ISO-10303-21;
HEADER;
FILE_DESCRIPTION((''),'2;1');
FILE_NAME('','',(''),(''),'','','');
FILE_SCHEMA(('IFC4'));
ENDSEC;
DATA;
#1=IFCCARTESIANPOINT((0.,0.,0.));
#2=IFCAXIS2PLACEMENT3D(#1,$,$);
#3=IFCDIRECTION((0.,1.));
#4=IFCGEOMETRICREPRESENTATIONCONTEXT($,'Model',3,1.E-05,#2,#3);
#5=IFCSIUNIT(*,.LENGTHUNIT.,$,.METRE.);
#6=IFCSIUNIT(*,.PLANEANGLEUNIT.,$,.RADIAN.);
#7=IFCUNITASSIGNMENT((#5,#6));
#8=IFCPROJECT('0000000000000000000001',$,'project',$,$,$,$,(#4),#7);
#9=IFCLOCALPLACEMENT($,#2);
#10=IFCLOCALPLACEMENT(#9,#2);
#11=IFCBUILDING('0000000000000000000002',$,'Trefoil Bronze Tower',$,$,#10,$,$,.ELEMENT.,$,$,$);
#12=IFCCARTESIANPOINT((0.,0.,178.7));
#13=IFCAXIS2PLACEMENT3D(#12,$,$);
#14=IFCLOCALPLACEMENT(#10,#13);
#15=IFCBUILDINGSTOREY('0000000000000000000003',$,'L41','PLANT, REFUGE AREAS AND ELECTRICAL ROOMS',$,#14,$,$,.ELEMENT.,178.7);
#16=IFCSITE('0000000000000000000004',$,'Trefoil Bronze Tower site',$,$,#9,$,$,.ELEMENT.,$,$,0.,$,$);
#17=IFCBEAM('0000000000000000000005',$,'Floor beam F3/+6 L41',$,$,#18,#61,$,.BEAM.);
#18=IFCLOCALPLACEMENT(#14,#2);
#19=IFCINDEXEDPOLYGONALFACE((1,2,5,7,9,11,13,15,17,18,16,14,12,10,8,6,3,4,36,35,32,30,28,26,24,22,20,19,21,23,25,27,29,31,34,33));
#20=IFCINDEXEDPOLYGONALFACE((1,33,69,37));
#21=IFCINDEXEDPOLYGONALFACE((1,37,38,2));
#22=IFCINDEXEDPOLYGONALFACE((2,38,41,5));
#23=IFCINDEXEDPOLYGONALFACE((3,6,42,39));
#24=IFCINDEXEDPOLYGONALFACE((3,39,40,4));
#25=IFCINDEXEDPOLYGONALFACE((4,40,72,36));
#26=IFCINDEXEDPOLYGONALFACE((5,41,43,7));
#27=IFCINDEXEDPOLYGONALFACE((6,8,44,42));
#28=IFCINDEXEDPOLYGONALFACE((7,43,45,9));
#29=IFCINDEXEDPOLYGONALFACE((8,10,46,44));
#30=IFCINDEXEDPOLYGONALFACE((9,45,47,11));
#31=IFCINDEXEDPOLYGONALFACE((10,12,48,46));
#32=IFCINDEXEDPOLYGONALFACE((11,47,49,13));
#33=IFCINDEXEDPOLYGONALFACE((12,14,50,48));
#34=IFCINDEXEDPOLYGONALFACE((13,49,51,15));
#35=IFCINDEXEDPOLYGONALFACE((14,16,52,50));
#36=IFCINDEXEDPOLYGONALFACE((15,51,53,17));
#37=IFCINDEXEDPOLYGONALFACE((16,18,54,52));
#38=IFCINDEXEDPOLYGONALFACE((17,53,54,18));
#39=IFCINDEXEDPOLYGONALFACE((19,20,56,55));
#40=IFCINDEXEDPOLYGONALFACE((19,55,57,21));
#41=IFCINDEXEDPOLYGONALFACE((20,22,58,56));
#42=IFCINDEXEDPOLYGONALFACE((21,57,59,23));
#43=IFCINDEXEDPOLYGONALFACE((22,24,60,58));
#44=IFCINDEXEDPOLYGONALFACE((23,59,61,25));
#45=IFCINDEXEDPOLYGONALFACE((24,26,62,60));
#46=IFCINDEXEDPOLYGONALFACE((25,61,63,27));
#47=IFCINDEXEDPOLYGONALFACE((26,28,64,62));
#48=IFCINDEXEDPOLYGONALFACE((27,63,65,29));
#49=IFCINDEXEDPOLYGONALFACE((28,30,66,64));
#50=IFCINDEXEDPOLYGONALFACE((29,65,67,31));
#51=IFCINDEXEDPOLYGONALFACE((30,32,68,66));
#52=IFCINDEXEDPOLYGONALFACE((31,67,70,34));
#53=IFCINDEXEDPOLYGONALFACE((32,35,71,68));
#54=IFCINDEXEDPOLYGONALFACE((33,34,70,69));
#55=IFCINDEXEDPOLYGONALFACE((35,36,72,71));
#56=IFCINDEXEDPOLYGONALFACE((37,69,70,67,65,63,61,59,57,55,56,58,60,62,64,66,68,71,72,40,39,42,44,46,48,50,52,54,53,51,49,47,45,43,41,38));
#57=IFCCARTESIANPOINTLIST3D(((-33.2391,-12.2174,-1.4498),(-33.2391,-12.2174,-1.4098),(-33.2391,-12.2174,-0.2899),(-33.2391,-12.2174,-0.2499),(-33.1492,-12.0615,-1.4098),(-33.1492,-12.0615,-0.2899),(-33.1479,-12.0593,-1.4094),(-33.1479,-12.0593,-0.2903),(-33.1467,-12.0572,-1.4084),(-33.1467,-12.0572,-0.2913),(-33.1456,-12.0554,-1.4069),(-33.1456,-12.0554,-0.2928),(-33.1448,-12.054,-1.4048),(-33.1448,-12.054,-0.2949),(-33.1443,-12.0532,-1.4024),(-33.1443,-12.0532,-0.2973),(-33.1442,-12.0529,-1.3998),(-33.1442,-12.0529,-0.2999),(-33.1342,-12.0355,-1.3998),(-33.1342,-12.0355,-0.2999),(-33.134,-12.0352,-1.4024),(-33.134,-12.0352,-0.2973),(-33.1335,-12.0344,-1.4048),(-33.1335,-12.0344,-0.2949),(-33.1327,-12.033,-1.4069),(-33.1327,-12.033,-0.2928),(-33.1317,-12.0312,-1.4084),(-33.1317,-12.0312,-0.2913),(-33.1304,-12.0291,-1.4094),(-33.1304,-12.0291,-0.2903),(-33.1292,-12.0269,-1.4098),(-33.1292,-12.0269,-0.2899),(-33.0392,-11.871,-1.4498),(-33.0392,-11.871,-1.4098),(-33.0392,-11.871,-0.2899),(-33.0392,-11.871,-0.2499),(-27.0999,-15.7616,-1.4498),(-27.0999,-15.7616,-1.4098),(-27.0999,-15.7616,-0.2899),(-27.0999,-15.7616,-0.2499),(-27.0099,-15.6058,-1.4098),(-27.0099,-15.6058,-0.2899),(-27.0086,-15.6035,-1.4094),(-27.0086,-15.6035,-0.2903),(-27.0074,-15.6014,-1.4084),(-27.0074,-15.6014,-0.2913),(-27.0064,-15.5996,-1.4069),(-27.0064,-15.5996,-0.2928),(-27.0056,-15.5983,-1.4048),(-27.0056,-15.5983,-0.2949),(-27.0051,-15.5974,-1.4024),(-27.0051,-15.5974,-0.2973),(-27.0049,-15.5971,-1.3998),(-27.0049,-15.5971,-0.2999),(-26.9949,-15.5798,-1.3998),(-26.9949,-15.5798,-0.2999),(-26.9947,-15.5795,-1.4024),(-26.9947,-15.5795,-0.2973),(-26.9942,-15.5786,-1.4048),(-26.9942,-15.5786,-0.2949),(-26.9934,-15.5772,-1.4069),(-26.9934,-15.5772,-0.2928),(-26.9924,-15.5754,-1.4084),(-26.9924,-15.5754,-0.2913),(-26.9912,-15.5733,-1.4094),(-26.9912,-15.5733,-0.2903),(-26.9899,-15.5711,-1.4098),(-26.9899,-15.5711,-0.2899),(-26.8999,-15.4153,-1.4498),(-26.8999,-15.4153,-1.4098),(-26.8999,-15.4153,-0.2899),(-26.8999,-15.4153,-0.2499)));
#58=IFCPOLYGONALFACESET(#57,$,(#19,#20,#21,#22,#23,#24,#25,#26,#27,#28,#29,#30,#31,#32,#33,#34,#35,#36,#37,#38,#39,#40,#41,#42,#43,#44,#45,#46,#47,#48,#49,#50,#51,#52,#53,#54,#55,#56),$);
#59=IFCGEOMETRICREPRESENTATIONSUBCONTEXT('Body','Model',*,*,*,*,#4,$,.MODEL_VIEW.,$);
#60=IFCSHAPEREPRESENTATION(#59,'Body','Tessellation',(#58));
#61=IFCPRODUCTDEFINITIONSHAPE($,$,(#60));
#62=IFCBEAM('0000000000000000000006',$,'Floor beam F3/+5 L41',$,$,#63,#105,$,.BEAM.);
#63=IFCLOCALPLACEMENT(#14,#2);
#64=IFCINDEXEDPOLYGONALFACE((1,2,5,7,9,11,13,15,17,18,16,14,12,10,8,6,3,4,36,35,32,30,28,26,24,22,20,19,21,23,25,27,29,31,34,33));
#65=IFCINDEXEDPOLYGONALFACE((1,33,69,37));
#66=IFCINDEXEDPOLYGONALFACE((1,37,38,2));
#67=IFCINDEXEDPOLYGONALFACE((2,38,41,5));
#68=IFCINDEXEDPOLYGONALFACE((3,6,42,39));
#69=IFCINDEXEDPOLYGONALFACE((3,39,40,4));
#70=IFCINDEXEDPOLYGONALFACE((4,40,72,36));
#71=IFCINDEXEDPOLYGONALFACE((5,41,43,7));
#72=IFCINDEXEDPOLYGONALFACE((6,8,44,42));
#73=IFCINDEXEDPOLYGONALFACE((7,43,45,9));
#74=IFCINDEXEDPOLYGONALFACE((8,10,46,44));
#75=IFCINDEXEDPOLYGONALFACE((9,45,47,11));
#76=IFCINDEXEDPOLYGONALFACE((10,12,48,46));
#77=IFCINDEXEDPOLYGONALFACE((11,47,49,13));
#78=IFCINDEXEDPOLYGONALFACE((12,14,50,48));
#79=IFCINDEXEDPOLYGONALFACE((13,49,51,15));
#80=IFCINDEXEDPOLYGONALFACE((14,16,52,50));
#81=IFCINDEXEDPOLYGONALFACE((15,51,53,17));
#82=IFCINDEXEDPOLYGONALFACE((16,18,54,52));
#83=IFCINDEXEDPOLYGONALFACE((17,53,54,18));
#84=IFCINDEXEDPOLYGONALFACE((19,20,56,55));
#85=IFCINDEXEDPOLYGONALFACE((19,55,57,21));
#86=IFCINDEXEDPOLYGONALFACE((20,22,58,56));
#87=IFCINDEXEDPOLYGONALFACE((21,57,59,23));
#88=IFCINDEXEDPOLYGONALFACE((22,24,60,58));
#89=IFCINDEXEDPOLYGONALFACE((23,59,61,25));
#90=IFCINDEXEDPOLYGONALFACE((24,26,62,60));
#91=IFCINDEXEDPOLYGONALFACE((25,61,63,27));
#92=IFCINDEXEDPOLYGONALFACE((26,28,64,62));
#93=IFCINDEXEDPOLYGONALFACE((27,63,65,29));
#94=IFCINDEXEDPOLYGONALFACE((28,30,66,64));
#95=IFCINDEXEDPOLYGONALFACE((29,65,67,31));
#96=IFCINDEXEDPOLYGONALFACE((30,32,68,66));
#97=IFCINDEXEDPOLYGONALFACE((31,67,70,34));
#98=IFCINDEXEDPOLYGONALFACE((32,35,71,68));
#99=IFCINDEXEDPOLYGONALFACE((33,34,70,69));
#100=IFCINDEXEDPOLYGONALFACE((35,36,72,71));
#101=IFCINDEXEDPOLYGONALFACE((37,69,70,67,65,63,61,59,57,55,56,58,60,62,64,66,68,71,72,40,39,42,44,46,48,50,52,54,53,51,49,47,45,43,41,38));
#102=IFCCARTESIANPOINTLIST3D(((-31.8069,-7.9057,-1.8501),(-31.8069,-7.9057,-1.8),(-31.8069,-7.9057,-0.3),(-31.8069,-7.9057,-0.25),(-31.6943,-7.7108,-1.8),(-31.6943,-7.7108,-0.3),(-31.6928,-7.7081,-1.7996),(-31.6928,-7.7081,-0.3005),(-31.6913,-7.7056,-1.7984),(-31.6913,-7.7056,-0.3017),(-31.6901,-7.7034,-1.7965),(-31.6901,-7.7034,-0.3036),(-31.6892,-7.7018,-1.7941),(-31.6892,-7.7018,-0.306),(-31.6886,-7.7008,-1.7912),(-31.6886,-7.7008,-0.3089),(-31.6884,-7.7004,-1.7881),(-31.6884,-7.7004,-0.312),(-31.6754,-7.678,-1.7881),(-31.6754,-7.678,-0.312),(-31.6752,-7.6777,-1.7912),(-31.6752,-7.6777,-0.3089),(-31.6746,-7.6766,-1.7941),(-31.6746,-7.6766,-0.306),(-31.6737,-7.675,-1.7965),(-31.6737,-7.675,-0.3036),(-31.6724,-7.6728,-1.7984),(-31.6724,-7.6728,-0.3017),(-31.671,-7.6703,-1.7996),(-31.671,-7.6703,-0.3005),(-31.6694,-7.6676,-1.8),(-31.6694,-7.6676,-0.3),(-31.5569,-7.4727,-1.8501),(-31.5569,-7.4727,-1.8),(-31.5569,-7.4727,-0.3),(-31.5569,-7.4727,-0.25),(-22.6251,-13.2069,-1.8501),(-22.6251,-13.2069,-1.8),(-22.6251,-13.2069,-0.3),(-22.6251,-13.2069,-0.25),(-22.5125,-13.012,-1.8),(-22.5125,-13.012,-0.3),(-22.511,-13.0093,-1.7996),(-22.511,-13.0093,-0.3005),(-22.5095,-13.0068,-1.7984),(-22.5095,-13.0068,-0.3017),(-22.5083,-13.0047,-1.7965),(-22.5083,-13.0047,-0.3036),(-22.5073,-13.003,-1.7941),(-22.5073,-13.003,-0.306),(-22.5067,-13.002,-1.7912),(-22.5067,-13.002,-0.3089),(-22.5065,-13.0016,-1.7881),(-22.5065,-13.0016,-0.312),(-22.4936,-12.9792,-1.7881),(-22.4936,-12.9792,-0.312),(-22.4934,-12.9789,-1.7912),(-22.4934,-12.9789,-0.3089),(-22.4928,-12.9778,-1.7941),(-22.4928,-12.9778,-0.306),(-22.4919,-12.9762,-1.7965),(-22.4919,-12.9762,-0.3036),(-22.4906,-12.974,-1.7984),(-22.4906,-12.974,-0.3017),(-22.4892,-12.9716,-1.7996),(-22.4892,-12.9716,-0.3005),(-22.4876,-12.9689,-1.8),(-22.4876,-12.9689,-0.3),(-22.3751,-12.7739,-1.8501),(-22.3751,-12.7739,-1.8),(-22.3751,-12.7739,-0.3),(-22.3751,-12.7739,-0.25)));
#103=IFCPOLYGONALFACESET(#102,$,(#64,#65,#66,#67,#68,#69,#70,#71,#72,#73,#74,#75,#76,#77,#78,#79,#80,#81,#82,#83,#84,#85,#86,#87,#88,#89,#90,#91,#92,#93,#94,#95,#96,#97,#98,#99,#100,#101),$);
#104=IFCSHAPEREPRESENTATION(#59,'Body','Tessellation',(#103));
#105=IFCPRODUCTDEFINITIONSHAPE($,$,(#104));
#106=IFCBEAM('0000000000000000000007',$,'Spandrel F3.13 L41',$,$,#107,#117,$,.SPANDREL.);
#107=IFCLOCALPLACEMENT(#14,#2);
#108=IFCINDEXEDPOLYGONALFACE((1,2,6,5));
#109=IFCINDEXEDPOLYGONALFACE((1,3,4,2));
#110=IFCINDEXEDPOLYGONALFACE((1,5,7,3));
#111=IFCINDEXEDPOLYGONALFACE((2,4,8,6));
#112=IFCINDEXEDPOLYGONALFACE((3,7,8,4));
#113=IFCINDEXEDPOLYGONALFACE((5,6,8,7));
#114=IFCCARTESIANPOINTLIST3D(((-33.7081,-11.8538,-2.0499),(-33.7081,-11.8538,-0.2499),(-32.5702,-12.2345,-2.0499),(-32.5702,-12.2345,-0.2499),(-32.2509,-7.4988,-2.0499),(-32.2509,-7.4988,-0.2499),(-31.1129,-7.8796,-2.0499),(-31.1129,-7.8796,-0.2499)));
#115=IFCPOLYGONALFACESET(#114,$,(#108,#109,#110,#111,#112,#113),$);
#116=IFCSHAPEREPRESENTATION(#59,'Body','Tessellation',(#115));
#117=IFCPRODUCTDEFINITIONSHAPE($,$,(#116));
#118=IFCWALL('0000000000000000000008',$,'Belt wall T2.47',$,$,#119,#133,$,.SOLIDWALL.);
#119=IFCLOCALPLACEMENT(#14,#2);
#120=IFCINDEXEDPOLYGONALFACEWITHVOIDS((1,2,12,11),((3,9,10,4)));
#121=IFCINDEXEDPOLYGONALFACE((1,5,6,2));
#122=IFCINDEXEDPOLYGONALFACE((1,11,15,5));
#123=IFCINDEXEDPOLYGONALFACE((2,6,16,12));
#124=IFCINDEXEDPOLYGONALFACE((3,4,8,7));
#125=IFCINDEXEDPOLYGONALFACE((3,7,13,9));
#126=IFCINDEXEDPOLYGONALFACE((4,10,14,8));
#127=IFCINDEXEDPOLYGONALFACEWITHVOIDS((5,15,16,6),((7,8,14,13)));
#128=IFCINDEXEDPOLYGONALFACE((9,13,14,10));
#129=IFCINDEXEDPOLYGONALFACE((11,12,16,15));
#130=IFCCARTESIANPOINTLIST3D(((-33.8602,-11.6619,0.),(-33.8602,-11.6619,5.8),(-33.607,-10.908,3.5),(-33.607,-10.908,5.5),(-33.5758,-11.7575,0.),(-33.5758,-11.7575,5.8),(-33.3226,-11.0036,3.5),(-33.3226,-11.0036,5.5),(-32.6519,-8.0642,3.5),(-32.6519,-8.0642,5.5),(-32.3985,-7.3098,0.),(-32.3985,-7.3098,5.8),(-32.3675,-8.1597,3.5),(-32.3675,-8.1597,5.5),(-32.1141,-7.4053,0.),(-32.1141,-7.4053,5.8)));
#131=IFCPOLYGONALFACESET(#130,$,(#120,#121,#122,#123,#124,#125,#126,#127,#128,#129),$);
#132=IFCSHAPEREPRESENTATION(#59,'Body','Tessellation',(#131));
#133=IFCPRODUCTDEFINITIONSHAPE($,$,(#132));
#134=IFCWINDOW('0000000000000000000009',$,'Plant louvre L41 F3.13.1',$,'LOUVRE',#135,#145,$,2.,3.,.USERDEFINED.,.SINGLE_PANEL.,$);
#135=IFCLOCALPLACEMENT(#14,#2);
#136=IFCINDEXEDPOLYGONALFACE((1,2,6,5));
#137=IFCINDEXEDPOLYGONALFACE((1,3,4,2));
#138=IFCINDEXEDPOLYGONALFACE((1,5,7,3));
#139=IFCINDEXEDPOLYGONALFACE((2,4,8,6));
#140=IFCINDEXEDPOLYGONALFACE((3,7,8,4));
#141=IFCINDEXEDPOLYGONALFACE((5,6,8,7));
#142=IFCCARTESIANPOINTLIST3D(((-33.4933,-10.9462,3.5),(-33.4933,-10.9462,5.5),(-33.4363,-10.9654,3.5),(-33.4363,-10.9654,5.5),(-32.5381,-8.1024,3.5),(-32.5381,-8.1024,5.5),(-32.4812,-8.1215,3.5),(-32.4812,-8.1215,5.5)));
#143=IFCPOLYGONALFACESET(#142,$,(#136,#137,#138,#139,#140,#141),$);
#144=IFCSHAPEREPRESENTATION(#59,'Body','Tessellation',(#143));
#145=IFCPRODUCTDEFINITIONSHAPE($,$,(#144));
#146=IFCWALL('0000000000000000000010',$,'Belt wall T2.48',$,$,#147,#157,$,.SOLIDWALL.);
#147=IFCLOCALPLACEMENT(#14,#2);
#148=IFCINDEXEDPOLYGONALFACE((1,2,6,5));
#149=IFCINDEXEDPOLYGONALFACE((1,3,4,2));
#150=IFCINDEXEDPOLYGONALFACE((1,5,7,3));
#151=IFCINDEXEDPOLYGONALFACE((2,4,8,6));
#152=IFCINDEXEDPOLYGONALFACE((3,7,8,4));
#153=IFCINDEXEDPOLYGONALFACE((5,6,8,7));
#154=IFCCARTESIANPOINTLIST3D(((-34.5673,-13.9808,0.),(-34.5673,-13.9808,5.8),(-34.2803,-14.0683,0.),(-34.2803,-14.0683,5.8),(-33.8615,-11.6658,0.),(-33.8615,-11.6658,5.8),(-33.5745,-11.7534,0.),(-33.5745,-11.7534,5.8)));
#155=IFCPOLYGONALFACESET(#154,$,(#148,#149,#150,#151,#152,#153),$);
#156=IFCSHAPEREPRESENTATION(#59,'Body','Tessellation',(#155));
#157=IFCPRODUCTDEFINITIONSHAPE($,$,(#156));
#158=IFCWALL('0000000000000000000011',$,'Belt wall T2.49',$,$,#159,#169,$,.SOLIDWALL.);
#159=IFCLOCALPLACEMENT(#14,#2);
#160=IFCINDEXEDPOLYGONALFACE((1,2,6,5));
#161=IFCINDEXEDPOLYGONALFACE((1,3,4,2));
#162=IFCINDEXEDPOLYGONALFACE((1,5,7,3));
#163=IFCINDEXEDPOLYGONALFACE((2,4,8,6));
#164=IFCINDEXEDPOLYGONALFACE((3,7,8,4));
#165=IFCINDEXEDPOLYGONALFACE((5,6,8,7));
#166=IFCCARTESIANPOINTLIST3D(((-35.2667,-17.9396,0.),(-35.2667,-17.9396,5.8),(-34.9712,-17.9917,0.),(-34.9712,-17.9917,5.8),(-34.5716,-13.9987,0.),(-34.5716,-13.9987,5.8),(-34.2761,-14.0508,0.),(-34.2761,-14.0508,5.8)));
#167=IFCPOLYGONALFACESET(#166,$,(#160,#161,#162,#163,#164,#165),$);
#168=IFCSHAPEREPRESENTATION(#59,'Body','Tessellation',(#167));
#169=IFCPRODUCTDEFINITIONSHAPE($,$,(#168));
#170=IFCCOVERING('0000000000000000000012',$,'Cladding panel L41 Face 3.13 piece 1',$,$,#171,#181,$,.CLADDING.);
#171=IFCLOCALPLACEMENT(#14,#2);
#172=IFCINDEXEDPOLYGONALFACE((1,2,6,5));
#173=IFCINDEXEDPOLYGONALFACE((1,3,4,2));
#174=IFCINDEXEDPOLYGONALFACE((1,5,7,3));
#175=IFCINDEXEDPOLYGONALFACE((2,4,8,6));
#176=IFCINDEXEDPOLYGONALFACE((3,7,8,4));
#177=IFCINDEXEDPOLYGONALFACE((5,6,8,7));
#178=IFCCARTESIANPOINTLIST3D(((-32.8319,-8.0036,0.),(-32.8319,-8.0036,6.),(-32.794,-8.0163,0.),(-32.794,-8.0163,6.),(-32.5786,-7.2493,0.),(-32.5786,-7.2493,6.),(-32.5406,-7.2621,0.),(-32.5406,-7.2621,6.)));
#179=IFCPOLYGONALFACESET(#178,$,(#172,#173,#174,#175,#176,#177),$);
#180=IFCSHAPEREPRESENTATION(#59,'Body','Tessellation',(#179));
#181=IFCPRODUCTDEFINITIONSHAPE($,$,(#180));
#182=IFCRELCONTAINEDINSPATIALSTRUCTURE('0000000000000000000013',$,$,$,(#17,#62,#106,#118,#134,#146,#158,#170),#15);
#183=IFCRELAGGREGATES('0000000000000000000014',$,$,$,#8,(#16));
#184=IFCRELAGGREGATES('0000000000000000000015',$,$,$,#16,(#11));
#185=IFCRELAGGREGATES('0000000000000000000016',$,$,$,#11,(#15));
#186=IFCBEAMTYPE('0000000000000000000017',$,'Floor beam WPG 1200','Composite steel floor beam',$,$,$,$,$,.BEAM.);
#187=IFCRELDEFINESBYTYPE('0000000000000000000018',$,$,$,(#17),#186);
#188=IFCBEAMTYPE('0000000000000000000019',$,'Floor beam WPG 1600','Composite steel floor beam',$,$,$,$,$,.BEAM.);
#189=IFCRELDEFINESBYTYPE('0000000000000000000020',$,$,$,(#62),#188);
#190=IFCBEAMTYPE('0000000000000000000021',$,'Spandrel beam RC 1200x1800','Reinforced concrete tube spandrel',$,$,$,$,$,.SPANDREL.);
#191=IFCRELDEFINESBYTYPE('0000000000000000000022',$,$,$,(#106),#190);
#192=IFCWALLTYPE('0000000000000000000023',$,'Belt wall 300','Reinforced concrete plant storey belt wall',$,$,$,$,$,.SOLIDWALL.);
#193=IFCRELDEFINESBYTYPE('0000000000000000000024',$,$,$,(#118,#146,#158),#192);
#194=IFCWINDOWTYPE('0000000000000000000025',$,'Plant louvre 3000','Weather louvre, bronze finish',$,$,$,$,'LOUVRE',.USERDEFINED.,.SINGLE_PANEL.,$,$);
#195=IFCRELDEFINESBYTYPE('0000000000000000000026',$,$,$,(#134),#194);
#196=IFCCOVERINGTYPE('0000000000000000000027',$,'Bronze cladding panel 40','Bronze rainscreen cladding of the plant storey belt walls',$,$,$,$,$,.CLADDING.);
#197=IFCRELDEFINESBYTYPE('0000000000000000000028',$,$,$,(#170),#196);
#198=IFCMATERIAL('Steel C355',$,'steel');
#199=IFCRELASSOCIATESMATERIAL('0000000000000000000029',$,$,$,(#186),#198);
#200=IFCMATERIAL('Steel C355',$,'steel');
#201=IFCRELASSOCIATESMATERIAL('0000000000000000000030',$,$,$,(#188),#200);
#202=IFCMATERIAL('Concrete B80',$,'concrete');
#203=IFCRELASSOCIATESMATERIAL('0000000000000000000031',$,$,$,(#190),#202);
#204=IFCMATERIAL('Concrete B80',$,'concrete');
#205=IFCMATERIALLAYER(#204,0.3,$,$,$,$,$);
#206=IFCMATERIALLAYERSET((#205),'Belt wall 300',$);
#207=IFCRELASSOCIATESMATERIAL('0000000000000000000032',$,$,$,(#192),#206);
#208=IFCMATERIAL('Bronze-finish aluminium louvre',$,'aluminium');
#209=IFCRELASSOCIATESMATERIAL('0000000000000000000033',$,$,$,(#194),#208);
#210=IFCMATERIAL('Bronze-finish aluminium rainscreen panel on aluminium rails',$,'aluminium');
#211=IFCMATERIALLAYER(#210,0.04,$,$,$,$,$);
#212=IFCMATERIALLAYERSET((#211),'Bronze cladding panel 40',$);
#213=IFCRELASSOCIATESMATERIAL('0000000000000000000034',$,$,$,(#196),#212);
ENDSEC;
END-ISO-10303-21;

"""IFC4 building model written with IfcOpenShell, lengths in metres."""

from ifc_helpers import new_model, si_unit, direction, frame, frame_2d, origin, origin_2d, place, context, subcontext, project, spatial, rectangle, i_section, extrude, material, layer, layer_set, material_profile, profile_set, type_object, element, fill, save


model = new_model("IFC4")

# Units and contexts
model_context = context("Model", 3, precision=1e-05, world=origin(), true_north=direction((0.0, 1.0)))
body_context = subcontext(model_context, "Body", "Model", "MODEL_VIEW")
ifc_project = project(units=[si_unit("LENGTHUNIT", "METRE"), si_unit("PLANEANGLEUNIT", "RADIAN")], contexts=[model_context])

# Site, building, storey
site_placement = place(None, origin())
site = spatial("IfcSite", under=ifc_project, at=site_placement, Name="Trefoil Bronze Tower site", CompositionType="ELEMENT", RefElevation=0.0)
building_placement = place(site_placement, origin())
building = spatial("IfcBuilding", under=site, at=building_placement, Name="Trefoil Bronze Tower", CompositionType="ELEMENT")
storey_placement = place(building_placement, frame((0.0, 0.0, 178.7)))
storey = spatial("IfcBuildingStorey", under=building, at=storey_placement, Name="L41", Description="PLANT, REFUGE AREAS AND ELECTRICAL ROOMS", CompositionType="ELEMENT", Elevation=178.7)

# Beams
ifc_material_1 = material(Name="Steel C355", Category="steel")
ifc_material_profile_1 = material_profile(ifc_material_1, i_section(OverallWidth=0.3999, OverallDepth=1.2, WebThickness=0.02, FlangeThickness=0.04, FilletRadius=0.01, at=origin_2d()), Name="WPG 1200")
ifc_profile_set_1 = profile_set([ifc_material_profile_1], Name="Steel C355")
beam_type_1 = type_object("IfcBeamType", Name="Floor beam WPG 1200", Description="Composite steel floor beam", PredefinedType="BEAM", material=ifc_profile_set_1)
beam_1_placement = place(storey_placement, frame((-33.1392, -12.0442, -0.8499), z_axis=(0.866041, -0.499973, 0.0), x_axis=(0.499973, 0.866041, 0.0)))
element("IfcBeam", 1, at=beam_1_placement, inside=storey, type_object=beam_type_1, Name="Floor beam F3/+6 L41", PredefinedType="BEAM", context=body_context, shape_type="SweptSolid", body=[
    extrude(i_section(OverallWidth=0.3999, OverallDepth=1.2, WebThickness=0.02, FlangeThickness=0.04, FilletRadius=0.01, at=origin_2d()), origin(), (0.0, 0.0, 1.0), 7.0889),
])
ifc_material_2 = material(Name="Steel C355", Category="steel")
ifc_material_profile_2 = material_profile(ifc_material_2, i_section(OverallWidth=0.5, OverallDepth=1.6001, WebThickness=0.0259, FlangeThickness=0.05, FilletRadius=0.012, at=origin_2d()), Name="WPG 1600")
ifc_profile_set_2 = profile_set([ifc_material_profile_2], Name="Steel C355")
beam_type_2 = type_object("IfcBeamType", Name="Floor beam WPG 1600", Description="Composite steel floor beam", PredefinedType="BEAM", material=ifc_profile_set_2)
beam_2_placement = place(storey_placement, frame((-31.6819, -7.6892, -1.05), z_axis=(0.866021, -0.500007, 0.0), x_axis=(0.500007, 0.866021, 0.0)))
element("IfcBeam", 2, at=beam_2_placement, inside=storey, type_object=beam_type_2, Name="Floor beam F3/+5 L41", PredefinedType="BEAM", context=body_context, shape_type="SweptSolid", body=[
    extrude(i_section(OverallWidth=0.5, OverallDepth=1.6001, WebThickness=0.0259, FlangeThickness=0.05, FilletRadius=0.012, at=origin_2d()), origin(), (0.0, 0.0, 1.0), 10.6023),
])
ifc_material_3 = material(Name="Concrete B80", Category="concrete")
ifc_material_profile_3 = material_profile(ifc_material_3, rectangle(XDim=1.2, YDim=1.8, at=origin_2d()), Name="RC 1200x1800")
ifc_profile_set_3 = profile_set([ifc_material_profile_3], Name="Concrete B80")
beam_type_3 = type_object("IfcBeamType", Name="Spandrel beam RC 1200x1800", Description="Reinforced concrete tube spandrel", PredefinedType="SPANDREL", material=ifc_profile_set_3)
beam_3_placement = place(storey_placement, frame((-31.6819, -7.6892, -1.1499), z_axis=(-0.317328, -0.948316, 0.0), x_axis=(0.948316, -0.317328, 0.0)))
element("IfcBeam", 3, at=beam_3_placement, inside=storey, type_object=beam_type_3, Name="Spandrel F3.13 L41", PredefinedType="SPANDREL", context=body_context, shape_type="SweptSolid", body=[
    extrude(rectangle(XDim=1.2, YDim=1.8, at=origin_2d()), origin(), (0.0, 0.0, 1.0), 4.5923),
])

# Wall, opening, window
ifc_material_4 = material(Name="Concrete B80", Category="concrete")
ifc_layer_1 = layer(ifc_material_4, 0.3)
ifc_layer_set_1 = layer_set([ifc_layer_1], Name="Belt wall 300")
wall_type = type_object("IfcWallType", Name="Belt wall 300", Description="Reinforced concrete plant storey belt wall", PredefinedType="SOLIDWALL", material=ifc_layer_set_1)
wall_1_placement = place(storey_placement, frame((-32.2563, -7.3577, 0.0), z_axis=(0.0, 0.0, 1.0), x_axis=(-0.318381, -0.947963, 0.0)))
wall_1 = element("IfcWall", 4, at=wall_1_placement, inside=storey, type_object=wall_type, Name="Belt wall T2.47", PredefinedType="SOLIDWALL", context=body_context, shape_type="SweptSolid", body=[
    extrude(rectangle(XDim=4.5911, YDim=0.3, at=frame_2d((2.2954, 0.0))), origin(), (0.0, 0.0, 1.0), 5.8),
])
opening_placement = place(wall_1_placement, frame((0.7957, 0.0, 3.5)))
opening = element("IfcOpeningElement", 5, at=opening_placement, cuts=wall_1, PredefinedType="OPENING", context=body_context, shape_type="SweptSolid", body=[
    extrude(rectangle(XDim=3.0, YDim=2.0, at=frame_2d((1.5, 1.0))), frame((0.0, 0.1599, 0.0), z_axis=(0.0, -1.0, 0.0), x_axis=(1.0, 0.0, 0.0)), (0.0, 0.0, 1.0), 0.3201),
])
ifc_material_5 = material(Name="Bronze-finish aluminium louvre", Category="aluminium")
window_type = type_object("IfcWindowType", Name="Plant louvre 3000", Description="Weather louvre, bronze finish", ElementType="LOUVRE", PartitioningType="SINGLE_PANEL", PredefinedType="USERDEFINED", material=ifc_material_5)
window_placement = place(opening_placement, origin())
window = element("IfcWindow", 6, at=window_placement, inside=storey, type_object=window_type, Name="Plant louvre L41 F3.13.1", ObjectType="LOUVRE", OverallHeight=2.0, OverallWidth=3.0, PartitioningType="SINGLE_PANEL", PredefinedType="USERDEFINED", context=body_context, shape_type="SweptSolid", body=[
    extrude(rectangle(XDim=3.0, YDim=2.0, at=frame_2d((1.5, 1.0))), frame((0.0, 0.03, 0.0), z_axis=(0.0, -1.0, 0.0), x_axis=(1.0, 0.0, 0.0)), (0.0, 0.0, 1.0), 0.0601),
])
fill(opening, window)

# Walls
wall_2_placement = place(storey_placement, frame((-33.718, -11.7097, 0.0), z_axis=(0.0, 0.0, 1.0), x_axis=(-0.291639, -0.956528, 0.0)))
element("IfcWall", 7, at=wall_2_placement, inside=storey, type_object=wall_type, Name="Belt wall T2.48", PredefinedType="SOLIDWALL", context=body_context, shape_type="SweptSolid", body=[
    extrude(rectangle(XDim=2.4202, YDim=0.3, at=frame_2d((1.21, 0.0))), origin(), (0.0, 0.0, 1.0), 5.8),
])
wall_3_placement = place(storey_placement, frame((-34.4238, -14.0247, 0.0), z_axis=(0.0, 0.0, 1.0), x_axis=(-0.173691, -0.9848, 0.0)))
element("IfcWall", 8, at=wall_3_placement, inside=storey, type_object=wall_type, Name="Belt wall T2.49", PredefinedType="SOLIDWALL", context=body_context, shape_type="SweptSolid", body=[
    extrude(rectangle(XDim=4.0017, YDim=0.3, at=frame_2d((2.001, 0.0))), origin(), (0.0, 0.0, 1.0), 5.8),
])

# Covering
ifc_material_6 = material(Name="Bronze-finish aluminium rainscreen panel on aluminium rails", Category="aluminium")
ifc_layer_2 = layer(ifc_material_6, 0.04)
ifc_layer_set_2 = layer_set([ifc_layer_2], Name="Bronze cladding panel 40")
covering_type_1 = type_object("IfcCoveringType", Name="Bronze cladding panel 40", Description="Bronze rainscreen cladding of the plant storey belt walls", PredefinedType="CLADDING", material=ifc_layer_set_2)
for number, where, z_axis, x_axis, name in (
    (9, (-32.6863, -7.6328, 0.0), (0.0, 0.0, 1.0), (-0.318404, -0.947955, 0.0), "Cladding panel L41 Face 3.13 piece 1"),
):
    element("IfcCovering", number, at=place(storey_placement, frame(where, z_axis=z_axis, x_axis=x_axis)), inside=storey, type_object=covering_type_1, Name=name, PredefinedType="CLADDING", context=body_context, shape_type="SweptSolid", body=[
        extrude(rectangle(XDim=0.7957, YDim=0.04, at=origin_2d()), origin(), (0.0, 0.0, 1.0), 6.0),
    ])

save(model, "model.ifc")
